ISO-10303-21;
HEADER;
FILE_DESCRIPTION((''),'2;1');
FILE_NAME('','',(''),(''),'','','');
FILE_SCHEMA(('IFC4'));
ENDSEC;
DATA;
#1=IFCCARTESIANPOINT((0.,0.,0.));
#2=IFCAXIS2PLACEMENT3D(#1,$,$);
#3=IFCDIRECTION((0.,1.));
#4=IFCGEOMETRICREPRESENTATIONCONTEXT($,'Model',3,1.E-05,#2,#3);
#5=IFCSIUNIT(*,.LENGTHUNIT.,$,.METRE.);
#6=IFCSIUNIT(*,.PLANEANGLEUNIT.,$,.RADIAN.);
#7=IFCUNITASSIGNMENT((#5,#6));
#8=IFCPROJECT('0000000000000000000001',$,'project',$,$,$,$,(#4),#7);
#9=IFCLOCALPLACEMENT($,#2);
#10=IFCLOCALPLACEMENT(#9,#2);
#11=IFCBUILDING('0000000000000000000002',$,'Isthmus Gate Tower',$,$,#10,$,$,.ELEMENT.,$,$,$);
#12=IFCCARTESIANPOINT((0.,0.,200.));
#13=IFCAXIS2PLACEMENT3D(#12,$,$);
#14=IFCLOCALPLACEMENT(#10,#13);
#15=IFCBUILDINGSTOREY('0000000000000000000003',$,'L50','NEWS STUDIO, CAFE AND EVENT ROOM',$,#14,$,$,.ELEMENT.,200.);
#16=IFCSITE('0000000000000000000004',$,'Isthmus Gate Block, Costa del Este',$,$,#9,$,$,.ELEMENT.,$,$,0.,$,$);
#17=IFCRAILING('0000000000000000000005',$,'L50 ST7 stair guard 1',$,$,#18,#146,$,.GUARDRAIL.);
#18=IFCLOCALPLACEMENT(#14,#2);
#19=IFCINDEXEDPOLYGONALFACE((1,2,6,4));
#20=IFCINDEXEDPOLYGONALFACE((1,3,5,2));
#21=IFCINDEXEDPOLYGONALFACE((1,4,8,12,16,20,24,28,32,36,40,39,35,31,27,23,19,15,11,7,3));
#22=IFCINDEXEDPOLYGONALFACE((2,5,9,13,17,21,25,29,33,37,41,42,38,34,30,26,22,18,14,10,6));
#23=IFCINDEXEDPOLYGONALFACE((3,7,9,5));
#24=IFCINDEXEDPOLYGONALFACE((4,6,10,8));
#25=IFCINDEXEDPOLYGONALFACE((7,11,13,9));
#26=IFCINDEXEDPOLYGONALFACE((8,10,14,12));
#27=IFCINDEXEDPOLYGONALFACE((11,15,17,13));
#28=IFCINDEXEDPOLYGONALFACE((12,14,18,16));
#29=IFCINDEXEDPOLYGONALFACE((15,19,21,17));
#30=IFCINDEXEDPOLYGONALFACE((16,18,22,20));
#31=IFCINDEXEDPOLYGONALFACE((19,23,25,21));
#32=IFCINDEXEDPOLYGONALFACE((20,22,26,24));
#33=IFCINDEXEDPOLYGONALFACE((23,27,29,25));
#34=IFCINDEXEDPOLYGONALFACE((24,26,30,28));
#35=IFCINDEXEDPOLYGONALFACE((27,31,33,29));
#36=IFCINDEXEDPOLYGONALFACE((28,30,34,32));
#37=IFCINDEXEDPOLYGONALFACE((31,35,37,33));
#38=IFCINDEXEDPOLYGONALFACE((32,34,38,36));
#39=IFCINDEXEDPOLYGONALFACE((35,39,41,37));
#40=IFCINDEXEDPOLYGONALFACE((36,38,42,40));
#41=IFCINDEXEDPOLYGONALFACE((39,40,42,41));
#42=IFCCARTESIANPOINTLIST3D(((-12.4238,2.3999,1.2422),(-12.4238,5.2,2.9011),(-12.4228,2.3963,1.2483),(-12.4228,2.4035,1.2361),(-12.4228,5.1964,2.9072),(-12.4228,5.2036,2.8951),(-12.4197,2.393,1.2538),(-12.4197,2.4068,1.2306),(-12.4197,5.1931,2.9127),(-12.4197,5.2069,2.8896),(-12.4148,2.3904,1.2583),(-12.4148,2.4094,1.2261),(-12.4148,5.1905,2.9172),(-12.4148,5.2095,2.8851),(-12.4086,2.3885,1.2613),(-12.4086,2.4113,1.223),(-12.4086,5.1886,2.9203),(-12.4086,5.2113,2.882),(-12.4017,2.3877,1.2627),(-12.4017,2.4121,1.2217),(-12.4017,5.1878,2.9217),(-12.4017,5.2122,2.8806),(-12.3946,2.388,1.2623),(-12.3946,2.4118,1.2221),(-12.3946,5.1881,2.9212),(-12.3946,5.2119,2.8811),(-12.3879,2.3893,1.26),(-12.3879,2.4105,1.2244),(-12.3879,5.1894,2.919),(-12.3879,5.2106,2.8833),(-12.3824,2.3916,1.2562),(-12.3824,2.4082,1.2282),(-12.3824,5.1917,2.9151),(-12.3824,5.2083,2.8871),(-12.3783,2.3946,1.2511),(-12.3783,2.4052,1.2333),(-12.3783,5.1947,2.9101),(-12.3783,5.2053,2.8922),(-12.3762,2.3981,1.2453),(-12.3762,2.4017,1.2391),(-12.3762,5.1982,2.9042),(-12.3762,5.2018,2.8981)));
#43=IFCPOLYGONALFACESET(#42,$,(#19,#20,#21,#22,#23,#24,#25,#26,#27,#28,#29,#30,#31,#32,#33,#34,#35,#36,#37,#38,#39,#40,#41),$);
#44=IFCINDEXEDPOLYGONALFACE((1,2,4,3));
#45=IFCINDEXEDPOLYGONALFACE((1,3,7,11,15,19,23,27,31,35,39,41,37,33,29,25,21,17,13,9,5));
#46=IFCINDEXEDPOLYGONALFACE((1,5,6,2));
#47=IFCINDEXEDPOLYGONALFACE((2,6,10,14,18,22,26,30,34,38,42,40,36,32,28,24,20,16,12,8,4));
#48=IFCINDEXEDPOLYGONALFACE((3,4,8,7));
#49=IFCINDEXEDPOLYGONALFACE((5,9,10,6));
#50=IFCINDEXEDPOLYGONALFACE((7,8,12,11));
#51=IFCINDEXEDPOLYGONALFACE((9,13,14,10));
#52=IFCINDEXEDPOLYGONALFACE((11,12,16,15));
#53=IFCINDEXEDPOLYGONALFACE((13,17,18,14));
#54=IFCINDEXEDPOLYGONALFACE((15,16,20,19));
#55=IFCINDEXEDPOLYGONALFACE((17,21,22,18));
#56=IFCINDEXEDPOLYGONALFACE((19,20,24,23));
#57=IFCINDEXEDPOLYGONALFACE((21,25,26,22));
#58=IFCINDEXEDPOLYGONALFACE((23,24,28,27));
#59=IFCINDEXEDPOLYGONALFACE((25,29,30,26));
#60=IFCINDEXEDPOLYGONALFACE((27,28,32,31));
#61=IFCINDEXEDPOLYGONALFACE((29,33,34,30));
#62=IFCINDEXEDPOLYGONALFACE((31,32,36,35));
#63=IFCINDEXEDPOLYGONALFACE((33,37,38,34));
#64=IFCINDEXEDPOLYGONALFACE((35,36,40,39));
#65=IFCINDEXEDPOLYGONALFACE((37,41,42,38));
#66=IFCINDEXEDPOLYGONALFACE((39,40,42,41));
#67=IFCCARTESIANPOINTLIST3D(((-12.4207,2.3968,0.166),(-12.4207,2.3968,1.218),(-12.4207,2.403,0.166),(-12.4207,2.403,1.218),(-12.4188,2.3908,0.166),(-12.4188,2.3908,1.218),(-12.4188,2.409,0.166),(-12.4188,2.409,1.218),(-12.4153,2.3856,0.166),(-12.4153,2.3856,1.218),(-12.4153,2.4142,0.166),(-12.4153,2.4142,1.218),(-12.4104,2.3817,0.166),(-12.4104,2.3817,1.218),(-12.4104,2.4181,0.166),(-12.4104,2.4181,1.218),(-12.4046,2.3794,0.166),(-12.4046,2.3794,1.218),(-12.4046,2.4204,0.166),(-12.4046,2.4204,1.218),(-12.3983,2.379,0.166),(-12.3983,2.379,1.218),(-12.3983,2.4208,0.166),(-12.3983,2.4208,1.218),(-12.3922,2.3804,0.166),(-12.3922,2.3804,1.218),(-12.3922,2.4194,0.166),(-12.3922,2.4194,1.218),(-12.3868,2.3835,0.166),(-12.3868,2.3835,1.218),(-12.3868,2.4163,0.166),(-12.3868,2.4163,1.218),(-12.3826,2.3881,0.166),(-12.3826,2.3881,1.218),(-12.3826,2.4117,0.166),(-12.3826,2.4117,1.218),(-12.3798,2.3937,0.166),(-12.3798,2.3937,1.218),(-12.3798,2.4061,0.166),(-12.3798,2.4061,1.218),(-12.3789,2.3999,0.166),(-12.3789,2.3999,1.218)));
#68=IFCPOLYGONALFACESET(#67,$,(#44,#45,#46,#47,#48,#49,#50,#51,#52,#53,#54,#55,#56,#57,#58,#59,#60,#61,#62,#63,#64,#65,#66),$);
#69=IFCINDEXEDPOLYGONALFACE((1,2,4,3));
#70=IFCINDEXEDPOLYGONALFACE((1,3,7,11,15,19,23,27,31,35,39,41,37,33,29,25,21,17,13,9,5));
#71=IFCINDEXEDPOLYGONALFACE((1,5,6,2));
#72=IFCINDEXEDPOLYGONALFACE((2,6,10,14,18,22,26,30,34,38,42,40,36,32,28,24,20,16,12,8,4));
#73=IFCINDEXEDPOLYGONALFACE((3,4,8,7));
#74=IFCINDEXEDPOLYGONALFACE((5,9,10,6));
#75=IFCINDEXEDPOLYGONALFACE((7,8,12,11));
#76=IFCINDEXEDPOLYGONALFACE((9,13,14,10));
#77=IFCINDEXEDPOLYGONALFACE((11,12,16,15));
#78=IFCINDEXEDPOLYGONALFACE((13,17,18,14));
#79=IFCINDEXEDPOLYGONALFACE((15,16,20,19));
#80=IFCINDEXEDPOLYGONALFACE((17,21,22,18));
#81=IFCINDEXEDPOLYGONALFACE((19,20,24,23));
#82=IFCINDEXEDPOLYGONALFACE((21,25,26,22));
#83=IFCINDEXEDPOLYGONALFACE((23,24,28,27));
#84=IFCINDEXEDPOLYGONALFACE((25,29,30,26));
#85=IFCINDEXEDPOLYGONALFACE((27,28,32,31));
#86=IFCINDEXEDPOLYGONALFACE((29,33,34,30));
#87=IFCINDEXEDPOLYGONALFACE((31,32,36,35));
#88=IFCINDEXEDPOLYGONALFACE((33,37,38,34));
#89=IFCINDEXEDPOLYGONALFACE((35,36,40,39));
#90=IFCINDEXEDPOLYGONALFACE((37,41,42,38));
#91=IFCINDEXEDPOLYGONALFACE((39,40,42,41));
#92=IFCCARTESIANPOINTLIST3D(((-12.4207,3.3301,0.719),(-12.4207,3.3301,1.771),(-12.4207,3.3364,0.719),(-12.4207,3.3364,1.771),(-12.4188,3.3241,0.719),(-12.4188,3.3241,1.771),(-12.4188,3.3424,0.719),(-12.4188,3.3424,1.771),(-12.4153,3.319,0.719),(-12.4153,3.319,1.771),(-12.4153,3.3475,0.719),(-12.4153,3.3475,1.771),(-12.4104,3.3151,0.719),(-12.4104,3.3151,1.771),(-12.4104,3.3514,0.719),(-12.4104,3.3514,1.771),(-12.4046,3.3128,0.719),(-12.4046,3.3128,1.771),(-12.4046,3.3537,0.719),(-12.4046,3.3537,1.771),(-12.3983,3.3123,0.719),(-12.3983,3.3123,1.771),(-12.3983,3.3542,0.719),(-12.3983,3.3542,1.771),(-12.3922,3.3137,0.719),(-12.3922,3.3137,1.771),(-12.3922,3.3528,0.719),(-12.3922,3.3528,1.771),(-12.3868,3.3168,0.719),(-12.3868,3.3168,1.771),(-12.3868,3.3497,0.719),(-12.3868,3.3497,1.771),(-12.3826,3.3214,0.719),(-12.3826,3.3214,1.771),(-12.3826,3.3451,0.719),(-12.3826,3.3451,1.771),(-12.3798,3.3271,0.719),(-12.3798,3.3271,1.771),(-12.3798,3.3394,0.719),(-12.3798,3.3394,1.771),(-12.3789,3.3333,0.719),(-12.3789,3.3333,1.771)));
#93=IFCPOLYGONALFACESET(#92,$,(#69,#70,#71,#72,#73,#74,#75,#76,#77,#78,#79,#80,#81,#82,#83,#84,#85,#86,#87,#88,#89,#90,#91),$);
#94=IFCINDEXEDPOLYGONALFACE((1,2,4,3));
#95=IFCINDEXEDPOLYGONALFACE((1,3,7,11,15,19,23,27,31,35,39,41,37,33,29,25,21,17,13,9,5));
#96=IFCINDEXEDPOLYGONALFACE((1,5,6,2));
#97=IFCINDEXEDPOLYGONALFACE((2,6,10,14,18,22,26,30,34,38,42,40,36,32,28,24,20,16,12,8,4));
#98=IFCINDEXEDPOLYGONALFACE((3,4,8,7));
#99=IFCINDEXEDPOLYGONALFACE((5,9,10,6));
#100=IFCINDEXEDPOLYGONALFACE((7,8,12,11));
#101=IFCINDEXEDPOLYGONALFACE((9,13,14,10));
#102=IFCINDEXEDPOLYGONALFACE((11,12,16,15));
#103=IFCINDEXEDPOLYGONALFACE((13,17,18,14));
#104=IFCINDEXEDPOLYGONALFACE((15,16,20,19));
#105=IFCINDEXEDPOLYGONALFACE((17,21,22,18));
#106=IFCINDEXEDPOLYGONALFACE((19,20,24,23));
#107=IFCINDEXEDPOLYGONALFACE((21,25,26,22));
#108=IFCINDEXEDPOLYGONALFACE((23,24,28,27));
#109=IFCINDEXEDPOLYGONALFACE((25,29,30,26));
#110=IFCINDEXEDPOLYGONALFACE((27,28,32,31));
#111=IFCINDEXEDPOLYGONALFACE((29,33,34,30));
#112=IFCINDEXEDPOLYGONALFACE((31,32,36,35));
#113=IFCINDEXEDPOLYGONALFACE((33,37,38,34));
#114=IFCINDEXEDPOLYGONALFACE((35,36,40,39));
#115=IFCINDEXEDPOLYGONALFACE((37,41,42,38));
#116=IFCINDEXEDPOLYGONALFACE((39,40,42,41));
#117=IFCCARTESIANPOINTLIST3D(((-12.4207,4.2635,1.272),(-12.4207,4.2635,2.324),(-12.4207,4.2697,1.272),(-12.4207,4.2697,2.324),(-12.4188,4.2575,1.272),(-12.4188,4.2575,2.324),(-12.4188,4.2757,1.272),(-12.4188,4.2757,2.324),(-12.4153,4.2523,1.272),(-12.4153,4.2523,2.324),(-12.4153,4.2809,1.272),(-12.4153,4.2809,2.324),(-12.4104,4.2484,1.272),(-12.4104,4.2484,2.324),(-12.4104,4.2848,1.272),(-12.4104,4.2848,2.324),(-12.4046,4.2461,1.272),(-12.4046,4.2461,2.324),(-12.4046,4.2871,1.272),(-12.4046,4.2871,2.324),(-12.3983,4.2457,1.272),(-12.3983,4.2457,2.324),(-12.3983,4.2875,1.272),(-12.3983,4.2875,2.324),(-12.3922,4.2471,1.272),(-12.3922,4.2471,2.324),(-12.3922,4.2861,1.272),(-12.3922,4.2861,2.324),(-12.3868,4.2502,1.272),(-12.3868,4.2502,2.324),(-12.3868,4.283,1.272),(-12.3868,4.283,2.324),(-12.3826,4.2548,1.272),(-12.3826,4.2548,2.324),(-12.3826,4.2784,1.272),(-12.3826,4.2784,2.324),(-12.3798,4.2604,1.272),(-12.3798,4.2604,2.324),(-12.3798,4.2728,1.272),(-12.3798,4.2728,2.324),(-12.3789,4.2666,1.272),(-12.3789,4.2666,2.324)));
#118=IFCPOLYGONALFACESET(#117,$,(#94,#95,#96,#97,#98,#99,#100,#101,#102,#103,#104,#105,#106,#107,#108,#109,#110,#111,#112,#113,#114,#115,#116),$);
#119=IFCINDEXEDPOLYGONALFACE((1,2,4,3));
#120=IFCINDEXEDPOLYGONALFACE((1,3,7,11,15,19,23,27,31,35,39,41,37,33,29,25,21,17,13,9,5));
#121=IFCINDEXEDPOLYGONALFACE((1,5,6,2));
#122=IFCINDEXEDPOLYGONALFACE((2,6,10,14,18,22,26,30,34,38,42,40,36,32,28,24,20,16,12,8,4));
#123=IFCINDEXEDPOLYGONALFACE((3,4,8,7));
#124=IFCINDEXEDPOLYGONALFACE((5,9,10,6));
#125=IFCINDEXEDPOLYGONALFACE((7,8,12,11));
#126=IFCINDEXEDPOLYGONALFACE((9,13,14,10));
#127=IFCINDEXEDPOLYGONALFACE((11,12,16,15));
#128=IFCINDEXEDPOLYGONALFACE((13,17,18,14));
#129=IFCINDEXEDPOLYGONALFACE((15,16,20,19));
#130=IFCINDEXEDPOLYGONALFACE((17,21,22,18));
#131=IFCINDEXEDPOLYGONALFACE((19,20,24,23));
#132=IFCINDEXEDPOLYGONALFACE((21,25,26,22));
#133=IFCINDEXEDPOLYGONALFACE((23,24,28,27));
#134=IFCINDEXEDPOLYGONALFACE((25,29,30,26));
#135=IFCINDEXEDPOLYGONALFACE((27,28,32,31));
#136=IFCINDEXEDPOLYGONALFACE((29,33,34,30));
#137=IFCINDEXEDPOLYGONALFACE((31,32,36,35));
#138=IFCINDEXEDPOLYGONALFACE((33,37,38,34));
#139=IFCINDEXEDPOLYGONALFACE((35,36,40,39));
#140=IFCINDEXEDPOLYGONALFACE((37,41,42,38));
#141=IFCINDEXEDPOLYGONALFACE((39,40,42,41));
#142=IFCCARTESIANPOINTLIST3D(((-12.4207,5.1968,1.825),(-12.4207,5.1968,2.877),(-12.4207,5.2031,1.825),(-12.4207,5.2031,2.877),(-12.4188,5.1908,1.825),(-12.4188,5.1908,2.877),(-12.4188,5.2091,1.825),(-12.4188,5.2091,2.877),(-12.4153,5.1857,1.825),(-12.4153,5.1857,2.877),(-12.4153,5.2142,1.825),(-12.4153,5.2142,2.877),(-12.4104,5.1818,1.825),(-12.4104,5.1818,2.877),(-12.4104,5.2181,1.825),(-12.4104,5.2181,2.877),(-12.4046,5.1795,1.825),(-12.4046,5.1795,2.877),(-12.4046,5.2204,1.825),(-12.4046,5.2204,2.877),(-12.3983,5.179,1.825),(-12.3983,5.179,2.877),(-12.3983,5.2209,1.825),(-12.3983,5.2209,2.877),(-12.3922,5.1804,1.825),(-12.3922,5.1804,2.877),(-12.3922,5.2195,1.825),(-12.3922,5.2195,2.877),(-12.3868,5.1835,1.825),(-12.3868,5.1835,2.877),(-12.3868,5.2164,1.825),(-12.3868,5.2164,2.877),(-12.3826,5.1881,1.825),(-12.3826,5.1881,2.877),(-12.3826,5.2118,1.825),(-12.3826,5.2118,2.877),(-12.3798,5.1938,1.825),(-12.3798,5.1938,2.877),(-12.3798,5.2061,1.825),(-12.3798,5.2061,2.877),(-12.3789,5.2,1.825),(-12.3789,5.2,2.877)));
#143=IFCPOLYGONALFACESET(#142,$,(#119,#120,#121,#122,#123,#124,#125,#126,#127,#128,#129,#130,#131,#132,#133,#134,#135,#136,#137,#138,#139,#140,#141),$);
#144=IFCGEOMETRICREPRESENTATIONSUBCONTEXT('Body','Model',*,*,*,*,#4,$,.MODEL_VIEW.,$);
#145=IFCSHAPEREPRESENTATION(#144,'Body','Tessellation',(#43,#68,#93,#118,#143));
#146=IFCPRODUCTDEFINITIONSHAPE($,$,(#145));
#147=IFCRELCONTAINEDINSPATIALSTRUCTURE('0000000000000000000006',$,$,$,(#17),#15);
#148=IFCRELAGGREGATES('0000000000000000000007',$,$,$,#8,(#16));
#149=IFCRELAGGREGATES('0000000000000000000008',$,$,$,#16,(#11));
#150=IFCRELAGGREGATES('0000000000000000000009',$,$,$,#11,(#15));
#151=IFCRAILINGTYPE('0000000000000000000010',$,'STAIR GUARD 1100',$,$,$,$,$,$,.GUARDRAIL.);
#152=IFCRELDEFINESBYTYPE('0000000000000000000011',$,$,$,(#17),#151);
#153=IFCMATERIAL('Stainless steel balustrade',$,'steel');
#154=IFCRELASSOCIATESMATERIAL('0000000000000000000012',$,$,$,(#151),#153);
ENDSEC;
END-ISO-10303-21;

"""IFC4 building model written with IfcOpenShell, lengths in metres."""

from ifc_helpers import new_model, si_unit, direction, frame, origin, origin_2d, place, context, subcontext, project, spatial, circle, extrude, material, type_object, element, save


model = new_model("IFC4")

# Units and contexts
model_context = context("Model", 3, precision=1e-05, world=origin(), true_north=direction((0.0, 1.0)))
body_context = subcontext(model_context, "Body", "Model", "MODEL_VIEW")
ifc_project = project(units=[si_unit("LENGTHUNIT", "METRE"), si_unit("PLANEANGLEUNIT", "RADIAN")], contexts=[model_context])

# Site, building, storey
site_placement = place(None, origin())
site = spatial("IfcSite", under=ifc_project, at=site_placement, Name="Isthmus Gate Block, Costa del Este", CompositionType="ELEMENT", RefElevation=0.0)
building_placement = place(site_placement, origin())
building = spatial("IfcBuilding", under=site, at=building_placement, Name="Isthmus Gate Tower", CompositionType="ELEMENT")
storey_placement = place(building_placement, frame((0.0, 0.0, 200.0)))
storey = spatial("IfcBuildingStorey", under=building, at=storey_placement, Name="L50", Description="NEWS STUDIO, CAFE AND EVENT ROOM", CompositionType="ELEMENT", Elevation=200.0)

# Railing
ifc_material_1 = material(Name="Stainless steel balustrade", Category="steel")
railing_type_1 = type_object("IfcRailingType", Name="STAIR GUARD 1100", PredefinedType="GUARDRAIL", material=ifc_material_1)
railing_1_placement = place(storey_placement, frame((-12.3999, 2.3999, 0.166)))
element("IfcRailing", 1, at=railing_1_placement, inside=storey, type_object=railing_type_1, Name="L50 ST7 stair guard 1", PredefinedType="GUARDRAIL", context=body_context, shape_type="SweptSolid", body=[
    extrude(circle(Radius=0.0239, at=origin_2d()), frame((0.0, 0.0, 1.0762), z_axis=(0.0, 0.860339, 0.509722), x_axis=(-1.0, 0.0, 0.0)), (0.0, 0.0, 1.0), 3.2546),
    extrude(circle(Radius=0.021, at=origin_2d()), origin(), (0.0, 0.0, 1.0), 1.052),
    extrude(circle(Radius=0.021, at=origin_2d()), frame((0.0, 0.9333, 0.553)), (0.0, 0.0, 1.0), 1.052),
    extrude(circle(Radius=0.021, at=origin_2d()), frame((0.0, 1.8667, 1.106)), (0.0, 0.0, 1.0), 1.052),
    extrude(circle(Radius=0.021, at=origin_2d()), frame((0.0, 2.8, 1.6589)), (0.0, 0.0, 1.0), 1.052),
])

save(model, "model.ifc")
